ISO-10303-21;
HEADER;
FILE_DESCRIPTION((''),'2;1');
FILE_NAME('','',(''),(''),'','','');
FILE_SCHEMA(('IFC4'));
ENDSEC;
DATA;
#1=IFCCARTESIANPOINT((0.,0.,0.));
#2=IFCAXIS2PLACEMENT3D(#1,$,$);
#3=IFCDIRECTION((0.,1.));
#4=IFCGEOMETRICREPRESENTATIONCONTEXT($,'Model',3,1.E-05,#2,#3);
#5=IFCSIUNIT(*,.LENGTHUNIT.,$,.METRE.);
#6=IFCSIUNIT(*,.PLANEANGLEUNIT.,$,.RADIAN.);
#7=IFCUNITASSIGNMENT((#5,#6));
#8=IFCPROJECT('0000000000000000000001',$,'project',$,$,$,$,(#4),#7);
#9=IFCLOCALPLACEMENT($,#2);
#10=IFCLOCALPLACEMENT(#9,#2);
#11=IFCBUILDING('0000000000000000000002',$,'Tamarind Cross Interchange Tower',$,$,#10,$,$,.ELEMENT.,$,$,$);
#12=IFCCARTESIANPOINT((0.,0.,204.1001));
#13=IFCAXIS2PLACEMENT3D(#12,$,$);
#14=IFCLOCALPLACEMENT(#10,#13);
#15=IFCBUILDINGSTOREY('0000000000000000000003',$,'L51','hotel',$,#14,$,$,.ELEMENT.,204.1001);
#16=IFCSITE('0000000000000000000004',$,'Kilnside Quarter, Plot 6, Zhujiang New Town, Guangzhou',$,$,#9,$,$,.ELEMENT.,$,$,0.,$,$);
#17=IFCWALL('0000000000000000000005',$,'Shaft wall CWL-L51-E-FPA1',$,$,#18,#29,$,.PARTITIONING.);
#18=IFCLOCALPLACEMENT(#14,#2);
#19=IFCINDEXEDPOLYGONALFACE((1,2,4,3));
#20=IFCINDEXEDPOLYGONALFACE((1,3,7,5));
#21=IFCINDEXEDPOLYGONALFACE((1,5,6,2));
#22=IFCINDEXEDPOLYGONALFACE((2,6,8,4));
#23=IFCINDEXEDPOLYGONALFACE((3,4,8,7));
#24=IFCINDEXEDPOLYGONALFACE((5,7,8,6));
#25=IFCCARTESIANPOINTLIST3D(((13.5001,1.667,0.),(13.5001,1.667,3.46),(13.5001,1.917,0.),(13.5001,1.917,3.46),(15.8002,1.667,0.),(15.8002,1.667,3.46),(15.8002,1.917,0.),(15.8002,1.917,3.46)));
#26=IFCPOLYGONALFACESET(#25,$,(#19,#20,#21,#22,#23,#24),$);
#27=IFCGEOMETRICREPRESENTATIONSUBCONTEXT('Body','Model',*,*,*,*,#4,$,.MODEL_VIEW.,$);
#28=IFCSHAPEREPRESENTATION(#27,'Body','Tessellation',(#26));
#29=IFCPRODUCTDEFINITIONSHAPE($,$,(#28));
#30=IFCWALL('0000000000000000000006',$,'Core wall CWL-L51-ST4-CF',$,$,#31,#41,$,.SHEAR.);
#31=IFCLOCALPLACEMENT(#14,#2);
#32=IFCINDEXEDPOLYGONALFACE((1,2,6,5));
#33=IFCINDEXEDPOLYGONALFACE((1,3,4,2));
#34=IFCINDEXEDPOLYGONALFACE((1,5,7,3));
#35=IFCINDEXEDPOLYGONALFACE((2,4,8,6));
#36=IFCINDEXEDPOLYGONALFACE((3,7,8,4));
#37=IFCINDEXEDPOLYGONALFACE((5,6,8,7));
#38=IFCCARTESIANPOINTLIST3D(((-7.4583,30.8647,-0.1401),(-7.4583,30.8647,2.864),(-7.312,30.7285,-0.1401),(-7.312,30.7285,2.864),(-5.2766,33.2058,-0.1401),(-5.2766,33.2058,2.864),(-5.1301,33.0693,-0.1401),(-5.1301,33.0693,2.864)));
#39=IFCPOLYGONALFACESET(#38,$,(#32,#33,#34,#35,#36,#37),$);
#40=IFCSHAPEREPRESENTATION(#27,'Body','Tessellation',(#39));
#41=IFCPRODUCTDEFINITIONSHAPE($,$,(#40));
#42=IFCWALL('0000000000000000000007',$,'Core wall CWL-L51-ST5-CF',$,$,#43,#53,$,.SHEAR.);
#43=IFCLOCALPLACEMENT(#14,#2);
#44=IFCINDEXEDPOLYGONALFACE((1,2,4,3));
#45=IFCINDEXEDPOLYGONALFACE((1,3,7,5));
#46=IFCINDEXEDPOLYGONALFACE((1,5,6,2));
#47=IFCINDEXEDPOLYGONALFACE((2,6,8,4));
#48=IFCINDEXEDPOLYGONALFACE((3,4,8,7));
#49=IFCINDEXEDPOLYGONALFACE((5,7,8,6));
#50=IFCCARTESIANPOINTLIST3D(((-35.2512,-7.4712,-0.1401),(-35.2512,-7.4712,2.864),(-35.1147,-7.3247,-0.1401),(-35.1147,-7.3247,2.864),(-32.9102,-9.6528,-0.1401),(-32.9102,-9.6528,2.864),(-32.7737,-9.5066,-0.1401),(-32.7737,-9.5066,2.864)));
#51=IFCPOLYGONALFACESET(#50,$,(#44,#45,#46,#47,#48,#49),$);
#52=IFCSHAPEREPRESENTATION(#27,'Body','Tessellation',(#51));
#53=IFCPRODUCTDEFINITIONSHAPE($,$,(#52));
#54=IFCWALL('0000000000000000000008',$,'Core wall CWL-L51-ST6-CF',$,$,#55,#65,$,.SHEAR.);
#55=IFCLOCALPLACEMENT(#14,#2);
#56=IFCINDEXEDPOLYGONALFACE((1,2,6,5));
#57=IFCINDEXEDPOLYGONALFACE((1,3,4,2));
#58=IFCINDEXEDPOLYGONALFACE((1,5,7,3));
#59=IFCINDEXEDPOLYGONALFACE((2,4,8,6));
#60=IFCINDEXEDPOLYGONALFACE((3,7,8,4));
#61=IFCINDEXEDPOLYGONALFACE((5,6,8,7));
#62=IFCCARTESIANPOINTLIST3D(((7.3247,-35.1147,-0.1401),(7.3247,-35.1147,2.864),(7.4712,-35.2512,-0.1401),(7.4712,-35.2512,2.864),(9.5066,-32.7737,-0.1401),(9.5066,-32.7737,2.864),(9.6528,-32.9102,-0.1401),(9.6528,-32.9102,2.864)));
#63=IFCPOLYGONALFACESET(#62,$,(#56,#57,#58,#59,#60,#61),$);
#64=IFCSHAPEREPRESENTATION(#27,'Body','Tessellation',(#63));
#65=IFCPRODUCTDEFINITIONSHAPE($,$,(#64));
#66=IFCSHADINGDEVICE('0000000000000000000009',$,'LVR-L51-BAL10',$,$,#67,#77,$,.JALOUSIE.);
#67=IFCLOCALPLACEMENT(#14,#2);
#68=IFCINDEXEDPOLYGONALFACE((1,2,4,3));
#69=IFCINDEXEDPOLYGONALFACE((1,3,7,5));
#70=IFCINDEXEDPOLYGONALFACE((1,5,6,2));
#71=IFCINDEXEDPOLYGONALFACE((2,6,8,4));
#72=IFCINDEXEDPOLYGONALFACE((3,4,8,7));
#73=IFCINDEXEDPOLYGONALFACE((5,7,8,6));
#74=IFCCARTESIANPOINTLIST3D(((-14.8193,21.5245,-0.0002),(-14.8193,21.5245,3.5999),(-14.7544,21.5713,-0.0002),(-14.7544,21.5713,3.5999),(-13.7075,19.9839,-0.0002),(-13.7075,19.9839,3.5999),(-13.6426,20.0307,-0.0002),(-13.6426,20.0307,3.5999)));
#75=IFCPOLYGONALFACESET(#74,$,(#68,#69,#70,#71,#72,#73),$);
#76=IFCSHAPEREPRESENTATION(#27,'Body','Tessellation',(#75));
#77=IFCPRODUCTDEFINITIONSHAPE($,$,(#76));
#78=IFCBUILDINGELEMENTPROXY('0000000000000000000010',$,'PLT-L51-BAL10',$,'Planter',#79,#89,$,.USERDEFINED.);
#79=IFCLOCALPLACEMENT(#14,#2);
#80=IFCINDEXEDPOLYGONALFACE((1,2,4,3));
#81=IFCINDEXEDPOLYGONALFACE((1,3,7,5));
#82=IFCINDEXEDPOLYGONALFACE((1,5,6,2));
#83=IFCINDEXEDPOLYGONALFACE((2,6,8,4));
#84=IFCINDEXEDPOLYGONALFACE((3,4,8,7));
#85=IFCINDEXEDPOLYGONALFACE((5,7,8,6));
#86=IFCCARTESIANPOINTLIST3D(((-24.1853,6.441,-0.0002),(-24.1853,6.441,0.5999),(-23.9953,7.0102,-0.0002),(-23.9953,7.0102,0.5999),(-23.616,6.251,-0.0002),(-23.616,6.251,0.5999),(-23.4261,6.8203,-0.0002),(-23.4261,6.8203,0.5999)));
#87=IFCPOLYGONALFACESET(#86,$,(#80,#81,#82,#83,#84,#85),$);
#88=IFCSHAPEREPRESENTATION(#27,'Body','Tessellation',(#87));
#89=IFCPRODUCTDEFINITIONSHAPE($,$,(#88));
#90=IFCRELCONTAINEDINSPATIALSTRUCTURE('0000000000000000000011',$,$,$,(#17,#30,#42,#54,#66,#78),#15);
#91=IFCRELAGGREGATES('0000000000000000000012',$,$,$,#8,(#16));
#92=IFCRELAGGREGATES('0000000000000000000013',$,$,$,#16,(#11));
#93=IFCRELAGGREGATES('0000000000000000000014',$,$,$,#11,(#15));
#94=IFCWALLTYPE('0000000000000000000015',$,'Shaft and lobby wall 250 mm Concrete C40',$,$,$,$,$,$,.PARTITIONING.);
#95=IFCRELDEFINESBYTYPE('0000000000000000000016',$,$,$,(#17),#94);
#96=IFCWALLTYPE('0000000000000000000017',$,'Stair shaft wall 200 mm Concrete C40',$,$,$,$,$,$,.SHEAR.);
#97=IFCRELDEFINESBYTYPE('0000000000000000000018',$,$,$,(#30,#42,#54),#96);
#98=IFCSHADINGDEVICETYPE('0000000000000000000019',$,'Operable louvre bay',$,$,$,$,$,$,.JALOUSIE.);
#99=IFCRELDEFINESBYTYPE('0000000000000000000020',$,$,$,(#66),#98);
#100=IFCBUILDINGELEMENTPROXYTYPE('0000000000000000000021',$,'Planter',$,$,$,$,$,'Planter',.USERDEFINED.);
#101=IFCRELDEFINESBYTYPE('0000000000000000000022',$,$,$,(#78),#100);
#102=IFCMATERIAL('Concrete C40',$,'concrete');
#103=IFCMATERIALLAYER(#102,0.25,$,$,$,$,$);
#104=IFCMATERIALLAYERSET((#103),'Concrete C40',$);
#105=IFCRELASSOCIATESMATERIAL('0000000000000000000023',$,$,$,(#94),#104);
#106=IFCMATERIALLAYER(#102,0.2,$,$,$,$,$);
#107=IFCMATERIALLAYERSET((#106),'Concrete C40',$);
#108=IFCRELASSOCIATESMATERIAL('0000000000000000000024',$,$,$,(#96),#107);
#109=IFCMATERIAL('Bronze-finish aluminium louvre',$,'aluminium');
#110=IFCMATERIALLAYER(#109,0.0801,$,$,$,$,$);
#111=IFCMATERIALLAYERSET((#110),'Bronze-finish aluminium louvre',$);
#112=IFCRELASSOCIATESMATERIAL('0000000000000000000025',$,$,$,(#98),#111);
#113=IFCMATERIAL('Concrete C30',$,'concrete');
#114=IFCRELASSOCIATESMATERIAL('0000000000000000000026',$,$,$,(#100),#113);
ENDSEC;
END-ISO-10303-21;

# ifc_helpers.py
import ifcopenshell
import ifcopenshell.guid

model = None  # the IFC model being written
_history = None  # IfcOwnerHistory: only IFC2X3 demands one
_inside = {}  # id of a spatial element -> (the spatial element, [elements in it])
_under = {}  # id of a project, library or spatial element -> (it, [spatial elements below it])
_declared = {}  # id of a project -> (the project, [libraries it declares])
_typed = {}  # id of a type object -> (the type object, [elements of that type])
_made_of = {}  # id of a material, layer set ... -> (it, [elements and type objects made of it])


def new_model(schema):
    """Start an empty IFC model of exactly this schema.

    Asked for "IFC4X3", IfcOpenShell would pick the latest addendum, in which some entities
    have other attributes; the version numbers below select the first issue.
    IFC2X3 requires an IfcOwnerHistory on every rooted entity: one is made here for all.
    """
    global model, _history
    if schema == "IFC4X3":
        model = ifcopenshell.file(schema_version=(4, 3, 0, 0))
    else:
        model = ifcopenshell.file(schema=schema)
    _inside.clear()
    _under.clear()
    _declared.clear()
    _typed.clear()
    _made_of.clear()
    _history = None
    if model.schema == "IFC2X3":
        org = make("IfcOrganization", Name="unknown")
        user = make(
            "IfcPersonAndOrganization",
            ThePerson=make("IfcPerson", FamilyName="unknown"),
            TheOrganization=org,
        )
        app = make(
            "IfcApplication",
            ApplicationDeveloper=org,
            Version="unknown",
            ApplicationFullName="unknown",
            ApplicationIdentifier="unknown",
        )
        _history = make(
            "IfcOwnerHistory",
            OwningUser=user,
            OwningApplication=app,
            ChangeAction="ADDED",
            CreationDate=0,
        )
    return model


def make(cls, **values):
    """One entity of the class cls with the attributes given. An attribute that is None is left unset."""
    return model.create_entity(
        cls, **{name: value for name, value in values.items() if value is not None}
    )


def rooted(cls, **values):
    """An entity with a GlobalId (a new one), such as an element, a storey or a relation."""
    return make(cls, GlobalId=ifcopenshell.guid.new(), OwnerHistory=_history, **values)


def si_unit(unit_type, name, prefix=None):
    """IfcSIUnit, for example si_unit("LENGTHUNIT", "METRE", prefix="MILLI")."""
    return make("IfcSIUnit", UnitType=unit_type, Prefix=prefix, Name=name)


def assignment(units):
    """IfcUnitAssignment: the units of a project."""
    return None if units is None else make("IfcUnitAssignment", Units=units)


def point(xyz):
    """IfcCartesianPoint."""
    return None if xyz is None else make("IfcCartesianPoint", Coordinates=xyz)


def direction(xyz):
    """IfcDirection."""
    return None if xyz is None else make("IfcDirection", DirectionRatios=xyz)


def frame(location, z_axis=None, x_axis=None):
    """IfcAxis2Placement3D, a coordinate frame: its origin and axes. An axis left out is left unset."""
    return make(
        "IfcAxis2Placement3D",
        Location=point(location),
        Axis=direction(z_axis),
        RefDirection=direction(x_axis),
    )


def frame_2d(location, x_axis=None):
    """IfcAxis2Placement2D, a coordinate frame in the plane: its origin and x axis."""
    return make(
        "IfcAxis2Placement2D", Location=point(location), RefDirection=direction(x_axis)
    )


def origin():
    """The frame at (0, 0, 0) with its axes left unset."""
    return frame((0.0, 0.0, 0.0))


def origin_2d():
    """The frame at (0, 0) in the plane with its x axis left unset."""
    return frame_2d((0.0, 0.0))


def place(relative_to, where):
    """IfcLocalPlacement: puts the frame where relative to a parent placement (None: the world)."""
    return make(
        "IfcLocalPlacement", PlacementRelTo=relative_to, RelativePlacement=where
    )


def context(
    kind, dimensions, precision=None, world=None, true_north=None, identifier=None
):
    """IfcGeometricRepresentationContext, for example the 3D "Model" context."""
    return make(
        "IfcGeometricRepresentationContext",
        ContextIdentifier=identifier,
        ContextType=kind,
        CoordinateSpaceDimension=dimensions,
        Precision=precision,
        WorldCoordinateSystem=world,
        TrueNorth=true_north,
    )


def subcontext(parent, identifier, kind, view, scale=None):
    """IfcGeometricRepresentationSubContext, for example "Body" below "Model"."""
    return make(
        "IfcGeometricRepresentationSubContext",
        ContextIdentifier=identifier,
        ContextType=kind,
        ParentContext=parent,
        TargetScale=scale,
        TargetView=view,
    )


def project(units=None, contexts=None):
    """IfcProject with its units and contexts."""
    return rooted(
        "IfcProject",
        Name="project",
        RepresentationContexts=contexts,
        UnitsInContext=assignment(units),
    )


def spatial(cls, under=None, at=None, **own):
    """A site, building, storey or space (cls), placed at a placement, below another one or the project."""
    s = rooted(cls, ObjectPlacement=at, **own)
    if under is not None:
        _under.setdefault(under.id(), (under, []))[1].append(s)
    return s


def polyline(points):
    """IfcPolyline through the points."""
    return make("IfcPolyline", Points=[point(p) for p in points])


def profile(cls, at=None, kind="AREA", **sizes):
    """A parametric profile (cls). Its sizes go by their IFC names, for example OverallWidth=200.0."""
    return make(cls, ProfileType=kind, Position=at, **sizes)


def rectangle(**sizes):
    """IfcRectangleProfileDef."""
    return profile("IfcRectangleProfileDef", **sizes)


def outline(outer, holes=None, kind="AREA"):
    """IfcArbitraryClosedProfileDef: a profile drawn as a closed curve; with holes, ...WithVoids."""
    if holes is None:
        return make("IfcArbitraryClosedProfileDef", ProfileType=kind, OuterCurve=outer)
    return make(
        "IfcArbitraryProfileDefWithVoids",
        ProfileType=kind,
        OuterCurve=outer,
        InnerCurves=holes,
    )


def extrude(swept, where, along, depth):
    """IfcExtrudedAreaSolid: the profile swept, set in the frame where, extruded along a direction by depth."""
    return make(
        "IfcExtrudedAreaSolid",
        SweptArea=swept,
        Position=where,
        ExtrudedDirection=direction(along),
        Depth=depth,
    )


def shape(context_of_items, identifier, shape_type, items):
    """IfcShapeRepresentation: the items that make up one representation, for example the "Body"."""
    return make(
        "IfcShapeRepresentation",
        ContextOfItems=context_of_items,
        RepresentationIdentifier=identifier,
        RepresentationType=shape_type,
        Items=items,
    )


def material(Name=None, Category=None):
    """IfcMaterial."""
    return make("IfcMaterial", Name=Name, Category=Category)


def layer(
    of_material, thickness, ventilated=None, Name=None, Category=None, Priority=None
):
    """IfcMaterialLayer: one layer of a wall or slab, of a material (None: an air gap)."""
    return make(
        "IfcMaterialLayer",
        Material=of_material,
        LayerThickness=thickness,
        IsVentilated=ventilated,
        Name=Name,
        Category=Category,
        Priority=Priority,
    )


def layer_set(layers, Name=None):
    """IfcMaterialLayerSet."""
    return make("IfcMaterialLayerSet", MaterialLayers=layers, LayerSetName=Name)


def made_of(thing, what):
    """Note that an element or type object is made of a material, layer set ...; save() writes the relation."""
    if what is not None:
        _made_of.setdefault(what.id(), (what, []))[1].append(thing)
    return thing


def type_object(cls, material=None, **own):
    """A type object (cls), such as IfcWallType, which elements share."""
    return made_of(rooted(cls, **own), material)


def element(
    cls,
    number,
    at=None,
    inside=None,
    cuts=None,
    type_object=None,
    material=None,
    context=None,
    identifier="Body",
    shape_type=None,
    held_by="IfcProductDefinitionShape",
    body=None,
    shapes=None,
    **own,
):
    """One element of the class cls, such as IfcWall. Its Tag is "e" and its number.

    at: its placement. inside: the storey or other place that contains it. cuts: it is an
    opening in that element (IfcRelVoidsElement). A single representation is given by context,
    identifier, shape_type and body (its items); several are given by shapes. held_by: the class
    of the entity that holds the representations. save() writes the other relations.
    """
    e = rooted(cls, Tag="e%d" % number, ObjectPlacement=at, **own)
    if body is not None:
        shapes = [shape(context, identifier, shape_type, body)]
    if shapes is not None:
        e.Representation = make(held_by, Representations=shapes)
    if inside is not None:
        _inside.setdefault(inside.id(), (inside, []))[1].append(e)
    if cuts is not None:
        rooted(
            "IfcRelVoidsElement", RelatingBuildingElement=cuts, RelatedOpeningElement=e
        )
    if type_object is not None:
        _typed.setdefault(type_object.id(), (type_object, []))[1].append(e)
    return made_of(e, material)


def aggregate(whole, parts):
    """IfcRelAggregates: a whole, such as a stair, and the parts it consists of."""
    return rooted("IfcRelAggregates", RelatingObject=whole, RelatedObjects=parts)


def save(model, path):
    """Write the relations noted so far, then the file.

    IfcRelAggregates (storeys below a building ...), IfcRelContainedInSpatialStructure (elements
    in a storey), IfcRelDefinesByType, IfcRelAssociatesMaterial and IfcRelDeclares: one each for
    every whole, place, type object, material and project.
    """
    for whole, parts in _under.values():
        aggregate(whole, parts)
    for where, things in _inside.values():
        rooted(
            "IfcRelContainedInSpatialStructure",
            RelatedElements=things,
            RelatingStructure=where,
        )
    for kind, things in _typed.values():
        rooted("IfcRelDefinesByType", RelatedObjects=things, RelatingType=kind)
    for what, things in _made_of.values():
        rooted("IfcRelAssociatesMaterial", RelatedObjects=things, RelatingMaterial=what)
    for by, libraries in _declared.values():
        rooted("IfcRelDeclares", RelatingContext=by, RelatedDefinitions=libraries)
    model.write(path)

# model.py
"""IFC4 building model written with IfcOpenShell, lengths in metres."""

from ifc_helpers import new_model, si_unit, direction, frame, frame_2d, origin, origin_2d, place, context, subcontext, project, spatial, polyline, rectangle, outline, extrude, material, layer, layer_set, type_object, element, save


model = new_model("IFC4")

# Units and contexts
model_context = context("Model", 3, precision=1e-05, world=origin(), true_north=direction((0.0, 1.0)))
body_context = subcontext(model_context, "Body", "Model", "MODEL_VIEW")
ifc_project = project(units=[si_unit("LENGTHUNIT", "METRE"), si_unit("PLANEANGLEUNIT", "RADIAN")], contexts=[model_context])

# Site, building, storey
site_placement = place(None, origin())
site = spatial("IfcSite", under=ifc_project, at=site_placement, Name="Kilnside Quarter, Plot 6, Zhujiang New Town, Guangzhou", CompositionType="ELEMENT", RefElevation=0.0)
building_placement = place(site_placement, origin())
building = spatial("IfcBuilding", under=site, at=building_placement, Name="Tamarind Cross Interchange Tower", CompositionType="ELEMENT")
storey_placement = place(building_placement, frame((0.0, 0.0, 204.1001)))
storey = spatial("IfcBuildingStorey", under=building, at=storey_placement, Name="L51", Description="hotel", CompositionType="ELEMENT", Elevation=204.1001)

# Shared definitions
ifc_material_1 = material(Name="Concrete C40", Category="concrete")

# Walls
ifc_layer_1 = layer(ifc_material_1, 0.25)
ifc_layer_set_1 = layer_set([ifc_layer_1], Name="Concrete C40")
wall_type_1 = type_object("IfcWallType", Name="Shaft and lobby wall 250 mm Concrete C40", PredefinedType="PARTITIONING", material=ifc_layer_set_1)
wall_1_placement = place(storey_placement, frame((15.8, 1.792, 0.0), z_axis=(0.0, 0.0, 1.0), x_axis=(-1.0, 0.0, 0.0)))
element("IfcWall", 1, at=wall_1_placement, inside=storey, type_object=wall_type_1, Name="Shaft wall CWL-L51-E-FPA1", PredefinedType="PARTITIONING", context=body_context, shape_type="SweptSolid", body=[
    extrude(rectangle(XDim=2.3, YDim=0.25, at=frame_2d((1.1499, 0.0))), origin(), (0.0, 0.0, 1.0), 3.46),
])
ifc_layer_2 = layer(ifc_material_1, 0.2)
ifc_layer_set_2 = layer_set([ifc_layer_2], Name="Concrete C40")
wall_type_2 = type_object("IfcWallType", Name="Stair shaft wall 200 mm Concrete C40", PredefinedType="SHEAR", material=ifc_layer_set_2)
wall_2_placement = place(storey_placement, frame((0.0, 0.0, -0.1401)))
element("IfcWall", 2, at=wall_2_placement, inside=storey, type_object=wall_type_2, Name="Core wall CWL-L51-ST4-CF", PredefinedType="SHEAR", context=body_context, shape_type="SweptSolid", body=[
    extrude(outline(polyline([(-5.1301, 33.0693), (-5.2766, 33.2058), (-7.4583, 30.8647), (-7.312, 30.7285), (-5.1301, 33.0693)])), origin(), (0.0, 0.0, 1.0), 3.0042),
])
wall_3_placement = place(storey_placement, frame((0.0, 0.0, -0.1401)))
element("IfcWall", 3, at=wall_3_placement, inside=storey, type_object=wall_type_2, Name="Core wall CWL-L51-ST5-CF", PredefinedType="SHEAR", context=body_context, shape_type="SweptSolid", body=[
    extrude(outline(polyline([(-35.1147, -7.3247), (-35.2512, -7.4712), (-32.9102, -9.6528), (-32.7737, -9.5066), (-35.1147, -7.3247)])), origin(), (0.0, 0.0, 1.0), 3.0042),
])
wall_4_placement = place(storey_placement, frame((0.0, 0.0, -0.1401)))
element("IfcWall", 4, at=wall_4_placement, inside=storey, type_object=wall_type_2, Name="Core wall CWL-L51-ST6-CF", PredefinedType="SHEAR", context=body_context, shape_type="SweptSolid", body=[
    extrude(outline(polyline([(7.3247, -35.1147), (7.4712, -35.2512), (9.6528, -32.9102), (9.5066, -32.7737), (7.3247, -35.1147)])), origin(), (0.0, 0.0, 1.0), 3.0042),
])

# Shading device
ifc_material_2 = material(Name="Bronze-finish aluminium louvre", Category="aluminium")
ifc_layer_3 = layer(ifc_material_2, 0.0801)
ifc_layer_set_3 = layer_set([ifc_layer_3], Name="Bronze-finish aluminium louvre")
shading_device_type = type_object("IfcShadingDeviceType", Name="Operable louvre bay", PredefinedType="JALOUSIE", material=ifc_layer_set_3)
shading_device_placement = place(storey_placement, origin())
element("IfcShadingDevice", 5, at=shading_device_placement, inside=storey, type_object=shading_device_type, Name="LVR-L51-BAL10", PredefinedType="JALOUSIE", context=body_context, shape_type="SweptSolid", body=[
    extrude(rectangle(XDim=1.8999, YDim=0.0801, at=origin_2d()), frame((-14.231, 20.7776, -0.0002), z_axis=(0.0, 0.0, 1.0), x_axis=(-0.5852, 0.810889, 0.0)), (0.0, 0.0, 1.0), 3.6001),
])

# Building element proxy
ifc_material_3 = material(Name="Concrete C30", Category="concrete")
building_element_proxy_type = type_object("IfcBuildingElementProxyType", Name="Planter", ElementType="Planter", PredefinedType="USERDEFINED", material=ifc_material_3)
proxy_placement = place(storey_placement, origin())
element("IfcBuildingElementProxy", 6, at=proxy_placement, inside=storey, type_object=building_element_proxy_type, Name="PLT-L51-BAL10", ObjectType="Planter", PredefinedType="USERDEFINED", context=body_context, shape_type="SweptSolid", body=[
    extrude(rectangle(XDim=0.6001, YDim=0.6001, at=origin_2d()), frame((-23.8057, 6.6306, -0.0002), z_axis=(0.0, 0.0, 1.0), x_axis=(-0.316502, -0.948592, 0.0)), (0.0, 0.0, 1.0), 0.6001),
])

save(model, "model.ifc")
